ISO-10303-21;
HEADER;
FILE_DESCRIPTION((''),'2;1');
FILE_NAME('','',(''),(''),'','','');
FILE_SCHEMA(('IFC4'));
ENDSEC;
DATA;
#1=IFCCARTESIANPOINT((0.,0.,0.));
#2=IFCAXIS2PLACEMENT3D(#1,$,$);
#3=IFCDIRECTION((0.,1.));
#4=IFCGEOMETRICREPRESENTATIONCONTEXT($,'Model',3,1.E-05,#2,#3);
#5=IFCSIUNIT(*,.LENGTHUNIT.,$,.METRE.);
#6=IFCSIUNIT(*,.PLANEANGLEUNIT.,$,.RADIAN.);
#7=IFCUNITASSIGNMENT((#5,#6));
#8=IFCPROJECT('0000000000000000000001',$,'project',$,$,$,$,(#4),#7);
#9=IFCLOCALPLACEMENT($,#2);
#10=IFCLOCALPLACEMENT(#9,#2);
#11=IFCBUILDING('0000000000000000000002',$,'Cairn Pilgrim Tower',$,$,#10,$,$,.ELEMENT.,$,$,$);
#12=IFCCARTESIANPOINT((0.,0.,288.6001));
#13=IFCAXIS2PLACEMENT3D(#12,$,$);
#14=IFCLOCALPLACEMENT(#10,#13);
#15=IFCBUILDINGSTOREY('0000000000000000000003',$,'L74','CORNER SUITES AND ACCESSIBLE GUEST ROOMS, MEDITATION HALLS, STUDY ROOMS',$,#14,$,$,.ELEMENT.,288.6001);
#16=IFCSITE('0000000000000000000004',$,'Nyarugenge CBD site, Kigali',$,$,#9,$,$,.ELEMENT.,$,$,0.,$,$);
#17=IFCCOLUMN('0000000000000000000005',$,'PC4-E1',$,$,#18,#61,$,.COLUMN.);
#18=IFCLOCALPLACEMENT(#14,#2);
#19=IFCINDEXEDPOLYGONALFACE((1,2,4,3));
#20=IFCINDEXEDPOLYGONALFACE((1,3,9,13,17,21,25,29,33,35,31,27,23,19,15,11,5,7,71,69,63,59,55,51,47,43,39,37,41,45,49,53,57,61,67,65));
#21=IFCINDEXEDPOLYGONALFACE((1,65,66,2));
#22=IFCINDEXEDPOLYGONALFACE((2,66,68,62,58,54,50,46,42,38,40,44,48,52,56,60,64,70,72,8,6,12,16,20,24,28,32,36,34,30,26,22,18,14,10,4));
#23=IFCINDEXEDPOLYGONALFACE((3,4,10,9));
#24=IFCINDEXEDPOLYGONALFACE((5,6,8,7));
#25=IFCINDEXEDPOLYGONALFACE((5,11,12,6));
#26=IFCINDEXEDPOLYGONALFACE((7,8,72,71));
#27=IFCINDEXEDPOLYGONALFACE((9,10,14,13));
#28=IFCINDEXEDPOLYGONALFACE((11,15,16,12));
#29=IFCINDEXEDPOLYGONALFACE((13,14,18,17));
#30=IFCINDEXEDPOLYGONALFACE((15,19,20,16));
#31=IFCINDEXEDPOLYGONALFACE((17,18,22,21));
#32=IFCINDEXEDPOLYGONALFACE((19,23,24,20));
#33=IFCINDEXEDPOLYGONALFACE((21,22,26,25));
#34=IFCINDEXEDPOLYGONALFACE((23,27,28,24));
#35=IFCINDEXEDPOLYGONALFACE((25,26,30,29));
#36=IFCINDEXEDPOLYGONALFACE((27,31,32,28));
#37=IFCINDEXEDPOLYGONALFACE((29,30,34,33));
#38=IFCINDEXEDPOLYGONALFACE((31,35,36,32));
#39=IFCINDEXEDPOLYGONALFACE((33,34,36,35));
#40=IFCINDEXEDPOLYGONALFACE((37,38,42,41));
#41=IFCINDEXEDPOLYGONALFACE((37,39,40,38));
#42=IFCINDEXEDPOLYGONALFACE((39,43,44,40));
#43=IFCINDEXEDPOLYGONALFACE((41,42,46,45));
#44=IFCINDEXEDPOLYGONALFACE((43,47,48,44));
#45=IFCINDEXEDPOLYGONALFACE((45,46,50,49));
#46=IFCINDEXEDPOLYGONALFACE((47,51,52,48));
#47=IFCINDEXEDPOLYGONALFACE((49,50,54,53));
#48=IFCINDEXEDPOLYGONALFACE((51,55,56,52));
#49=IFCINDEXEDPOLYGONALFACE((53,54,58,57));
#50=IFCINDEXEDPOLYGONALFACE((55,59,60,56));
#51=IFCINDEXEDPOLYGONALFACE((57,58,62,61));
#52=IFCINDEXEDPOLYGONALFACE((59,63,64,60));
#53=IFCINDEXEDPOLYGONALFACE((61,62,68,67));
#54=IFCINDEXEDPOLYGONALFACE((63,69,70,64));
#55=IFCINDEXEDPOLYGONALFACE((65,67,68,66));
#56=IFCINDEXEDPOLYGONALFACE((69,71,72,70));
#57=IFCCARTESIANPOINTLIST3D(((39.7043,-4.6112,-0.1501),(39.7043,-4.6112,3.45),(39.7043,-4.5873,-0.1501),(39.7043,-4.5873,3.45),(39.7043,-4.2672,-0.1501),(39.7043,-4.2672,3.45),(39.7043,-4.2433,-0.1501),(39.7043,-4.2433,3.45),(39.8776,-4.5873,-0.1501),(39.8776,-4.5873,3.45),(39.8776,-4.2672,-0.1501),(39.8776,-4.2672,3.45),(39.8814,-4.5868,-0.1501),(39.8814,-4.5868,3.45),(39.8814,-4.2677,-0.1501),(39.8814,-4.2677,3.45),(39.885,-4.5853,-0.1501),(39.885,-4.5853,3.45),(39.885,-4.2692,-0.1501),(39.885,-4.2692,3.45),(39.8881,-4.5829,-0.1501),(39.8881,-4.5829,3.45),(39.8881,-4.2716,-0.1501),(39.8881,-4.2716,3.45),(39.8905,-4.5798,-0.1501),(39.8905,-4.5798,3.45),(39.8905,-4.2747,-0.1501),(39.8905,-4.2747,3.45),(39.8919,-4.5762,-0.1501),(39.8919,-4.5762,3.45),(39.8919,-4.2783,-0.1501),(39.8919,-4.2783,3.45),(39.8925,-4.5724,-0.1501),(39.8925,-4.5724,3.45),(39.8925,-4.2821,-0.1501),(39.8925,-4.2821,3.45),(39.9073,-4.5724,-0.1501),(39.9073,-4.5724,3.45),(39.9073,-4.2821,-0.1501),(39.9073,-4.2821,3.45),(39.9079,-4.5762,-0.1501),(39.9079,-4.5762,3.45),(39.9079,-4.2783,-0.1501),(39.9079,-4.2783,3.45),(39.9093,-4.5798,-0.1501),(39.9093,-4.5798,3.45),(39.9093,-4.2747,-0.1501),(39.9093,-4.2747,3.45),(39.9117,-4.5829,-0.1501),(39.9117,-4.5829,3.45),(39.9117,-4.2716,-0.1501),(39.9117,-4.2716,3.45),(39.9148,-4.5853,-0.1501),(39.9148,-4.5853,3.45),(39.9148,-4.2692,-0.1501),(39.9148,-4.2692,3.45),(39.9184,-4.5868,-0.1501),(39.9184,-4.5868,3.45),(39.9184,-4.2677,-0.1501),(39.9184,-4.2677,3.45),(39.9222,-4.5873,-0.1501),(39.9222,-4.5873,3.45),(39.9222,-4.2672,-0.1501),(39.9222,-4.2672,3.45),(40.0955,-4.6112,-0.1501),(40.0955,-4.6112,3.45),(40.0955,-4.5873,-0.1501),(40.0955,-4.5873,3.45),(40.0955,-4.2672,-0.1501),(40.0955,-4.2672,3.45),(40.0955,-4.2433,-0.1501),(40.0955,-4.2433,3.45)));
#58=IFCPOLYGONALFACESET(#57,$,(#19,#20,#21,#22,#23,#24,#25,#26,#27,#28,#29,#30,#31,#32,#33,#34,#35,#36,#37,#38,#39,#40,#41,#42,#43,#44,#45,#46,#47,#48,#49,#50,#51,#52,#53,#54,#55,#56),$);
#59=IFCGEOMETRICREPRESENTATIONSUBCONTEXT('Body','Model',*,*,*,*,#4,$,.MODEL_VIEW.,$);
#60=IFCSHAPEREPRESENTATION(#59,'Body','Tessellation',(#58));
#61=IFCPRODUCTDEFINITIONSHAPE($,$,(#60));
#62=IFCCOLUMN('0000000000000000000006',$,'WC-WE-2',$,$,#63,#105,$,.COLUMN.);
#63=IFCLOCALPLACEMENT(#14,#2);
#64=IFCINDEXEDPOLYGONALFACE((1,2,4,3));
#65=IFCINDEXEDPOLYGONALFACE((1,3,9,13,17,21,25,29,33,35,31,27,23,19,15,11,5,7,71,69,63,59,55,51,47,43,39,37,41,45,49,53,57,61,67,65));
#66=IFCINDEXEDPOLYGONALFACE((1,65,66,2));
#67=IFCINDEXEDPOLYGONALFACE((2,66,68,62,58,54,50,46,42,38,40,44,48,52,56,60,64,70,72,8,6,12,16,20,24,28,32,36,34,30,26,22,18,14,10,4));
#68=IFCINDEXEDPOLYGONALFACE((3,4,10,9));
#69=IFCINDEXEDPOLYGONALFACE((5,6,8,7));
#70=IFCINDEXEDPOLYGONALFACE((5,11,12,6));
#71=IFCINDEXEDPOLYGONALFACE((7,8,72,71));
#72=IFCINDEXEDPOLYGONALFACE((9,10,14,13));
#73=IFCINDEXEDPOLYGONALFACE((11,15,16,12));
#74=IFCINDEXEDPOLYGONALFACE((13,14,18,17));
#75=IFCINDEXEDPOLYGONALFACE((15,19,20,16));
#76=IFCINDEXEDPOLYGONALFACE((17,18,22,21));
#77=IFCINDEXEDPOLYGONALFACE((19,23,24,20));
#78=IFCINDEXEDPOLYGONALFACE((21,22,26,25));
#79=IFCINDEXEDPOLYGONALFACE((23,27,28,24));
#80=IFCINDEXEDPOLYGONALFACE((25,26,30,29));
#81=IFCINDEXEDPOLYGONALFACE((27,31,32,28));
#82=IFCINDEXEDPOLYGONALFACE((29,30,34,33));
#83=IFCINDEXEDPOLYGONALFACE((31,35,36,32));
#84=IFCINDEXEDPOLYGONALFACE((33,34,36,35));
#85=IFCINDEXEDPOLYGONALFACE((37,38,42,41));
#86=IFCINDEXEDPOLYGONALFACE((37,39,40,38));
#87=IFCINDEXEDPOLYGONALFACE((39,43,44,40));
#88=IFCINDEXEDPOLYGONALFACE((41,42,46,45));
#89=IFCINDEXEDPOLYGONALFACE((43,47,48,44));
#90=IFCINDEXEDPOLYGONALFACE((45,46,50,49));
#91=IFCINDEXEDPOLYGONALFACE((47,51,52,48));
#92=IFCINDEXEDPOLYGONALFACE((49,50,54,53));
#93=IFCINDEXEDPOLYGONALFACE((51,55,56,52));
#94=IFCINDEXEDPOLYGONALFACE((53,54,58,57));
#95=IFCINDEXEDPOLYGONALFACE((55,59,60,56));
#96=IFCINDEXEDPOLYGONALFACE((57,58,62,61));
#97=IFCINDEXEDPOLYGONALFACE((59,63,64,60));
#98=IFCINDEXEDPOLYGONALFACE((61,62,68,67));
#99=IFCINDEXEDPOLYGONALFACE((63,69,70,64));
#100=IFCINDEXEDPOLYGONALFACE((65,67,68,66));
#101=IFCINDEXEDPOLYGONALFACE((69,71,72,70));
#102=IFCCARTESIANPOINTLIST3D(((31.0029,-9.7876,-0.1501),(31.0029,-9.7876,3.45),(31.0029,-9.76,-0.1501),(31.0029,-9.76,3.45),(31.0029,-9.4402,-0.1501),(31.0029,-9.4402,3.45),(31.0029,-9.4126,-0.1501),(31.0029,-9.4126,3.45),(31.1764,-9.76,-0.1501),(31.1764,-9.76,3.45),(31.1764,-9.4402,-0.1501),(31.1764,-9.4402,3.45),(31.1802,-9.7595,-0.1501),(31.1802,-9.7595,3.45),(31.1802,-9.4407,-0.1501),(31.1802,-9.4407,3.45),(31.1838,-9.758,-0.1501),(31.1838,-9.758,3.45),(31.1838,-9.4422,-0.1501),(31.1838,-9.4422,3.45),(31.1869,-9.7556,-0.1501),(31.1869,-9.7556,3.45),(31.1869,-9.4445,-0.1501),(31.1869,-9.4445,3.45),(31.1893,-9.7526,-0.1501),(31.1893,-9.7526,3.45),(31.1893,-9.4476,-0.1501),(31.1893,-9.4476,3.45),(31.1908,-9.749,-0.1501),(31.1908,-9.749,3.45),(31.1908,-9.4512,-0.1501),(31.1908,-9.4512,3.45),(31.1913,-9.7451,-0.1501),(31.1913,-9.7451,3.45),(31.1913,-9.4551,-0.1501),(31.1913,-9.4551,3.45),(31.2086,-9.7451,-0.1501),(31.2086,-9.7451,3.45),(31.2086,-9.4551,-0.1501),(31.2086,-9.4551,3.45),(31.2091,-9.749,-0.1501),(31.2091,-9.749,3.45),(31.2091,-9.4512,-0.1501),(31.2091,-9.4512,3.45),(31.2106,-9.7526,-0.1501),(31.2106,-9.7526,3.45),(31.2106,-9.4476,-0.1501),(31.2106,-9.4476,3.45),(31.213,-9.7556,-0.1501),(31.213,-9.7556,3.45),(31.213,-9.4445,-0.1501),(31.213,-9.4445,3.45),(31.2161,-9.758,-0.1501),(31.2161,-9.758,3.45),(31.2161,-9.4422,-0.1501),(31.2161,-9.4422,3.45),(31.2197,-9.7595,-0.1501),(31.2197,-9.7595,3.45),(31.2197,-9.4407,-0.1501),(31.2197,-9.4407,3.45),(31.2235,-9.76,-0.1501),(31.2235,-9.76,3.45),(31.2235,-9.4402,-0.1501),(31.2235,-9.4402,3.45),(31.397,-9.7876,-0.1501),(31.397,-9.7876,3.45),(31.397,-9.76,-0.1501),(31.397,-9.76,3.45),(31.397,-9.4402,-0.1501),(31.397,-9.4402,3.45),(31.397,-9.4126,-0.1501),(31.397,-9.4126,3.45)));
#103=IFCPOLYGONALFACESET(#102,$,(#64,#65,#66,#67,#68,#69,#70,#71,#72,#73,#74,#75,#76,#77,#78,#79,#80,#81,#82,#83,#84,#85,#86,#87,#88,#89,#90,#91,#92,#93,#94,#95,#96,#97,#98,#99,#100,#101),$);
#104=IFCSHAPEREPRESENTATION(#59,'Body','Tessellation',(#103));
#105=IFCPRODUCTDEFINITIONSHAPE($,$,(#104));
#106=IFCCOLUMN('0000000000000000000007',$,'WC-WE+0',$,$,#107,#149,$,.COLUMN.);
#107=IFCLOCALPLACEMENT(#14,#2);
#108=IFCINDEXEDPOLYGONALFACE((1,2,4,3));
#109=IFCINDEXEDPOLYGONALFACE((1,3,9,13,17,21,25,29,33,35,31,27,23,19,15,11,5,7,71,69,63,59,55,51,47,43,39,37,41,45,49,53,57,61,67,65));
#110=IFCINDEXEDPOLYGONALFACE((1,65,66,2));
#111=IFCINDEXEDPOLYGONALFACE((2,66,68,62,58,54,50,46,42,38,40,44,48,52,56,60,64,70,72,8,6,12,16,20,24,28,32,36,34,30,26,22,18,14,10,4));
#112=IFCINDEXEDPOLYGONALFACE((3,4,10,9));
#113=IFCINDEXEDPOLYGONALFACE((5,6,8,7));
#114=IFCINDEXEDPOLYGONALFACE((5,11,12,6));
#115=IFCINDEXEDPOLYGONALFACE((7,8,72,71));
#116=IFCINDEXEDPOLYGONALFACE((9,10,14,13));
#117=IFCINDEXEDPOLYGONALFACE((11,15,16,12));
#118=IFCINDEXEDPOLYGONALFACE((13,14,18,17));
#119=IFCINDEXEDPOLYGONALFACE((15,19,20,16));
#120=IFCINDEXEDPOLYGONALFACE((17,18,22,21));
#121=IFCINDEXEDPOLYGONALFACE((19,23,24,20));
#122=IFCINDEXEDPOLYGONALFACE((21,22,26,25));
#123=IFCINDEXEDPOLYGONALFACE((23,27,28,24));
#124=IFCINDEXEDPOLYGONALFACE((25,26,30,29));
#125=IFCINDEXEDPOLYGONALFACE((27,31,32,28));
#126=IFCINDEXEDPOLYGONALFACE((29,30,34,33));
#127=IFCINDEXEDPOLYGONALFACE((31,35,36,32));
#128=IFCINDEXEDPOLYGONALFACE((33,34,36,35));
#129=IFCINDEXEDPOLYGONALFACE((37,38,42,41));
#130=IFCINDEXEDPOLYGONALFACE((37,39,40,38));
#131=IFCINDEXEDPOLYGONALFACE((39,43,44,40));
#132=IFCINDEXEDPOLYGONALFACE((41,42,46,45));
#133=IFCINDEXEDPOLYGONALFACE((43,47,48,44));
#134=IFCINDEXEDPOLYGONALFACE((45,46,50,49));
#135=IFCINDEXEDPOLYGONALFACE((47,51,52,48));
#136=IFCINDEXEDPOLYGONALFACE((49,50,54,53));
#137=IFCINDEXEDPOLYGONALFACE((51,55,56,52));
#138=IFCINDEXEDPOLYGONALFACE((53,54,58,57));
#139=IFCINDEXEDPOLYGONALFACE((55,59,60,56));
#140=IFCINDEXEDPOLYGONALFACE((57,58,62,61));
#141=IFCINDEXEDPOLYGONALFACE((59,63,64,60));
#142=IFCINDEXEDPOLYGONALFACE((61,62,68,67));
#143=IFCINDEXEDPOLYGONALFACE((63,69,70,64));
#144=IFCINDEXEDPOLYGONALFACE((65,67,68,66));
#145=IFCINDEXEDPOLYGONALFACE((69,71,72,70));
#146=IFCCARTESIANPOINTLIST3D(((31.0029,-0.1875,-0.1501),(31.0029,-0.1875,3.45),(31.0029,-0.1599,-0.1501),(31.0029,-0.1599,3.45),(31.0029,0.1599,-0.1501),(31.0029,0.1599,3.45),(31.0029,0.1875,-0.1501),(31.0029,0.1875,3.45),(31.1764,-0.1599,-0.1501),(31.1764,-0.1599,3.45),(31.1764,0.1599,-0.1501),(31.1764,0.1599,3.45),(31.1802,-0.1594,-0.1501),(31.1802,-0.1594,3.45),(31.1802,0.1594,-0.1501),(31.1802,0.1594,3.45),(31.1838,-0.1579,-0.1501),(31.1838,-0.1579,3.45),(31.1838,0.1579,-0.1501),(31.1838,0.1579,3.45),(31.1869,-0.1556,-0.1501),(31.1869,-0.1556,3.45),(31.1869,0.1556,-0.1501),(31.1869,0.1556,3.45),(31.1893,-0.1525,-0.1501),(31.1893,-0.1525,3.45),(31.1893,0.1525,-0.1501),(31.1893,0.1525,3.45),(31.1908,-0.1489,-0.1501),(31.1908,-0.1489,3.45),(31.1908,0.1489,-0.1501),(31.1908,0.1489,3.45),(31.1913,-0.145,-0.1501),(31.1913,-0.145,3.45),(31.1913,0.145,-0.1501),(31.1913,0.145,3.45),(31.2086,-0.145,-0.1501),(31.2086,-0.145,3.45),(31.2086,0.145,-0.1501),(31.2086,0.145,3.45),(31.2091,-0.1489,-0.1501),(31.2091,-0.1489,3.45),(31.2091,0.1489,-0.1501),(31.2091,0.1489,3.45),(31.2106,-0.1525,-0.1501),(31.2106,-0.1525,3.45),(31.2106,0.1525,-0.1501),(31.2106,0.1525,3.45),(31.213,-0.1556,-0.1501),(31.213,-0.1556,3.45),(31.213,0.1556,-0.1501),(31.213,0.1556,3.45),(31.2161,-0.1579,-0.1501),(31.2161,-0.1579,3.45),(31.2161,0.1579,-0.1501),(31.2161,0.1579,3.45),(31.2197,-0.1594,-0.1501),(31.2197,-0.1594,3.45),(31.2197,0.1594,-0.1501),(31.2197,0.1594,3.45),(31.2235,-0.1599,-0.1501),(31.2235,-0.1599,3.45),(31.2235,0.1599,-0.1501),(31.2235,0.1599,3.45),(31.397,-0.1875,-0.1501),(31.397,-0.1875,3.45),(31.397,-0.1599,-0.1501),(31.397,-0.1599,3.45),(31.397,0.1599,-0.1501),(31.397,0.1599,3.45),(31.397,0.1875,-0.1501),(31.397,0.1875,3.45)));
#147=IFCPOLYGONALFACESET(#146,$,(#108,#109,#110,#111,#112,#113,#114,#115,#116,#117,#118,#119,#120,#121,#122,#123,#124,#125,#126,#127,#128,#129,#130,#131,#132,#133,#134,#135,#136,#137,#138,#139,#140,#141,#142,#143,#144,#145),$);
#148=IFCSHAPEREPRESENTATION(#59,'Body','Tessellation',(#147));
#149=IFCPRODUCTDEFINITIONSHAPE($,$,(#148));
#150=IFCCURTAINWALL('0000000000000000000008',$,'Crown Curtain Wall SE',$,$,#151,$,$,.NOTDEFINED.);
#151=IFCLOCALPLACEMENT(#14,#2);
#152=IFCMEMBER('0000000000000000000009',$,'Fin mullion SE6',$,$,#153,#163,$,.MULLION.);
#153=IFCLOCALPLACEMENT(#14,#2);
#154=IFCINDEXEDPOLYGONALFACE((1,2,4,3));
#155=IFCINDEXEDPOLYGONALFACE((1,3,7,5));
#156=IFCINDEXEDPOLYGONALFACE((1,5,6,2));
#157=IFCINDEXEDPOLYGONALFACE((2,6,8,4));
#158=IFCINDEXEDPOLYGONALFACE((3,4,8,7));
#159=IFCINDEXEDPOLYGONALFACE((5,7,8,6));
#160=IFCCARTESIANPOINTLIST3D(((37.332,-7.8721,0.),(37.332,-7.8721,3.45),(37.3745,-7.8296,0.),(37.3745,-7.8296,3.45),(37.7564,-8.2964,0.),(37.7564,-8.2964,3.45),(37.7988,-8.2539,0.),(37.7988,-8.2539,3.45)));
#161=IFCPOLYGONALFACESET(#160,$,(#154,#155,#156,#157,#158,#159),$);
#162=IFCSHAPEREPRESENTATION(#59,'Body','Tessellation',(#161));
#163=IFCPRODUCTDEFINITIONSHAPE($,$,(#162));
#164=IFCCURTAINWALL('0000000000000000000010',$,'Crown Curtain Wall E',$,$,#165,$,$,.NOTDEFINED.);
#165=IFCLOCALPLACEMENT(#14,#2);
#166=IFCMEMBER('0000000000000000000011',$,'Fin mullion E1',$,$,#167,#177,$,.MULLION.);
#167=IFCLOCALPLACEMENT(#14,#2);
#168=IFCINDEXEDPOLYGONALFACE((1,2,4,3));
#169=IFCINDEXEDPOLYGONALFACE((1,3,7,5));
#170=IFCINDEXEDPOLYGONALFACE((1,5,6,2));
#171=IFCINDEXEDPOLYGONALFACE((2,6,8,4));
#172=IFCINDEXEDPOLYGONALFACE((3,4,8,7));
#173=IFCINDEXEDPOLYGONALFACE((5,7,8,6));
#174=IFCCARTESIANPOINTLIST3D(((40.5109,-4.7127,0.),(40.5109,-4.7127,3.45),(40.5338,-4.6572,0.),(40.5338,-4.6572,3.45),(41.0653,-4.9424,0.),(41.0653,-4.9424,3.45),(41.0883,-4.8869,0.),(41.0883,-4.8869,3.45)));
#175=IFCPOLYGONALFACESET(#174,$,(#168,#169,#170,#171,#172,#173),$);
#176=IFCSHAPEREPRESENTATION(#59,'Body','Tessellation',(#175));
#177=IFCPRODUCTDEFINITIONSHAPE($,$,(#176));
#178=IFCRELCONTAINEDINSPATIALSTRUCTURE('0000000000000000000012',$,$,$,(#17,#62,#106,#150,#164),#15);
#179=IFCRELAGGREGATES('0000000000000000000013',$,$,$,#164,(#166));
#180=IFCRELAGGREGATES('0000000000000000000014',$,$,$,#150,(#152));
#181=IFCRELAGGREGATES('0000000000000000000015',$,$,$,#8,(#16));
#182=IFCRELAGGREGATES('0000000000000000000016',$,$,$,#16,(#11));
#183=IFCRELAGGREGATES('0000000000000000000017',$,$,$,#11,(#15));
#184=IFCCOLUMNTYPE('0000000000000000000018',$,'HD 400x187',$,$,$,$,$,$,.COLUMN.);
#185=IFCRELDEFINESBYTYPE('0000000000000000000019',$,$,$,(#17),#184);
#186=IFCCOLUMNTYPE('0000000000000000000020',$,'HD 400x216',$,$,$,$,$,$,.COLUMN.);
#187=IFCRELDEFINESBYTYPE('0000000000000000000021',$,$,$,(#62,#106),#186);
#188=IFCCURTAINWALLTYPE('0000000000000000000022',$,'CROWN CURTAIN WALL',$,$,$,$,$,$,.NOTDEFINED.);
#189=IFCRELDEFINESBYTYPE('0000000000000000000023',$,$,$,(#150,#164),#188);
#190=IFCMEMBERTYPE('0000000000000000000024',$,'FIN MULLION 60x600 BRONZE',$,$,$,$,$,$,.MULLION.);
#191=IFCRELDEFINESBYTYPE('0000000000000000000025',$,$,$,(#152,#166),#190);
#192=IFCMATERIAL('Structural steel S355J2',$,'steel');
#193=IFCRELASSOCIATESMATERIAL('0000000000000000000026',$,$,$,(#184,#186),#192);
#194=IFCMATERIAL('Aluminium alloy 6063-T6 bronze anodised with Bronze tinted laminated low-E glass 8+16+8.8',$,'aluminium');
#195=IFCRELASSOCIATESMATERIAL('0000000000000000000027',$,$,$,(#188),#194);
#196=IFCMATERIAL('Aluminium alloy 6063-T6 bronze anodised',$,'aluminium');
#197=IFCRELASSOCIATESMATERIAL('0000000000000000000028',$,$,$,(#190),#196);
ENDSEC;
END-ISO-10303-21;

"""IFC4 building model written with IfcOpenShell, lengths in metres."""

from ifc_helpers import new_model, si_unit, direction, frame, origin, origin_2d, place, context, subcontext, project, spatial, rectangle, i_section, extrude, material, material_profile, profile_set, type_object, element, aggregate, save


model = new_model("IFC4")

# Units and contexts
model_context = context("Model", 3, precision=1e-05, world=origin(), true_north=direction((0.0, 1.0)))
body_context = subcontext(model_context, "Body", "Model", "MODEL_VIEW")
ifc_project = project(units=[si_unit("LENGTHUNIT", "METRE"), si_unit("PLANEANGLEUNIT", "RADIAN")], contexts=[model_context])

# Site, building, storey
site_placement = place(None, origin())
site = spatial("IfcSite", under=ifc_project, at=site_placement, Name="Nyarugenge CBD site, Kigali", CompositionType="ELEMENT", RefElevation=0.0)
building_placement = place(site_placement, origin())
building = spatial("IfcBuilding", under=site, at=building_placement, Name="Cairn Pilgrim Tower", CompositionType="ELEMENT")
storey_placement = place(building_placement, frame((0.0, 0.0, 288.6001)))
storey = spatial("IfcBuildingStorey", under=building, at=storey_placement, Name="L74", Description="CORNER SUITES AND ACCESSIBLE GUEST ROOMS, MEDITATION HALLS, STUDY ROOMS", CompositionType="ELEMENT", Elevation=288.6001)

# Columns
ifc_material_1 = material(Name="Structural steel S355J2", Category="steel")
ifc_material_profile_1 = material_profile(ifc_material_1, i_section(OverallWidth=0.3911, OverallDepth=0.3679, WebThickness=0.0149, FlangeThickness=0.0239, FilletRadius=0.0149, at=origin_2d()), Name="HD 400x187")
ifc_profile_set_1 = profile_set([ifc_material_profile_1], Name="Structural steel S355J2")
column_type_1 = type_object("IfcColumnType", Name="HD 400x187", PredefinedType="COLUMN", material=ifc_profile_set_1)
column_placement = place(storey_placement, frame((39.8999, -4.4272, -0.1501), z_axis=(0.0, 0.0, 1.0), x_axis=(1.0, 0.0, 0.0)))
element("IfcColumn", 1, at=column_placement, inside=storey, type_object=column_type_1, Name="PC4-E1", PredefinedType="COLUMN", context=body_context, shape_type="SweptSolid", body=[
    extrude(i_section(OverallWidth=0.3911, OverallDepth=0.3679, WebThickness=0.0149, FlangeThickness=0.0239, FilletRadius=0.0149, at=origin_2d()), origin(), (0.0, 0.0, 1.0), 3.6001),
])
ifc_material_profile_2 = material_profile(ifc_material_1, i_section(OverallWidth=0.394, OverallDepth=0.375, WebThickness=0.0173, FlangeThickness=0.0276, FilletRadius=0.0149, at=origin_2d()), Name="HD 400x216")
ifc_profile_set_2 = profile_set([ifc_material_profile_2], Name="Structural steel S355J2")
column_type_2 = type_object("IfcColumnType", Name="HD 400x216", PredefinedType="COLUMN", material=ifc_profile_set_2)
for number, where, z_axis, x_axis, name in (
    (2, (31.2, -9.6001, -0.1501), (0.0, 0.0, 1.0), (1.0, 0.0, 0.0), "WC-WE-2"),
    (3, (31.2, 0.0, -0.1501), (0.0, 0.0, 1.0), (1.0, 0.0, 0.0), "WC-WE+0"),
):
    element("IfcColumn", number, at=place(storey_placement, frame(where, z_axis=z_axis, x_axis=x_axis)), inside=storey, type_object=column_type_2, Name=name, PredefinedType="COLUMN", context=body_context, shape_type="SweptSolid", body=[
        extrude(i_section(OverallWidth=0.394, OverallDepth=0.375, WebThickness=0.0173, FlangeThickness=0.0276, FilletRadius=0.0149, at=origin_2d()), origin(), (0.0, 0.0, 1.0), 3.6001),
    ])

# Curtain walls, members
ifc_material_2 = material(Name="Aluminium alloy 6063-T6 bronze anodised with Bronze tinted laminated low-E glass 8+16+8.8", Category="aluminium")
curtain_wall_type = type_object("IfcCurtainWallType", Name="CROWN CURTAIN WALL", PredefinedType="NOTDEFINED", material=ifc_material_2)
curtain_wall_1_placement = place(storey_placement, origin())
curtain_wall_1 = element("IfcCurtainWall", 4, at=curtain_wall_1_placement, inside=storey, type_object=curtain_wall_type, Name="Crown Curtain Wall SE", PredefinedType="NOTDEFINED")
ifc_material_3 = material(Name="Aluminium alloy 6063-T6 bronze anodised", Category="aluminium")
ifc_material_profile_3 = material_profile(ifc_material_3, rectangle(XDim=0.6001, YDim=0.0601, at=origin_2d()), Name="FIN MULLION 60x600 BRONZE")
ifc_profile_set_3 = profile_set([ifc_material_profile_3], Name="Aluminium alloy 6063-T6 bronze anodised")
member_type_1 = type_object("IfcMemberType", Name="FIN MULLION 60x600 BRONZE", PredefinedType="MULLION", material=ifc_profile_set_3)
member_1_placement = place(storey_placement, frame((37.5654, -8.063, 0.0), z_axis=(0.0, 0.0, 1.0), x_axis=(0.707107, -0.707107, 0.0)))
member_1 = element("IfcMember", 5, at=member_1_placement, type_object=member_type_1, Name="Fin mullion SE6", PredefinedType="MULLION", context=body_context, shape_type="SweptSolid", body=[
    extrude(rectangle(XDim=0.6001, YDim=0.0601, at=origin_2d()), origin(), (0.0, 0.0, 1.0), 3.45),
])
curtain_wall_2_placement = place(storey_placement, origin())
curtain_wall_2 = element("IfcCurtainWall", 6, at=curtain_wall_2_placement, inside=storey, type_object=curtain_wall_type, Name="Crown Curtain Wall E", PredefinedType="NOTDEFINED")
member_2_placement = place(storey_placement, frame((40.7996, -4.7998, 0.0), z_axis=(0.0, 0.0, 1.0), x_axis=(0.92388, -0.382683, 0.0)))
member_2 = element("IfcMember", 7, at=member_2_placement, type_object=member_type_1, Name="Fin mullion E1", PredefinedType="MULLION", context=body_context, shape_type="SweptSolid", body=[
    extrude(rectangle(XDim=0.6001, YDim=0.0601, at=origin_2d()), origin(), (0.0, 0.0, 1.0), 3.45),
])
aggregate(curtain_wall_2, [member_2])

aggregate(curtain_wall_1, [member_1])

save(model, "model.ifc")
